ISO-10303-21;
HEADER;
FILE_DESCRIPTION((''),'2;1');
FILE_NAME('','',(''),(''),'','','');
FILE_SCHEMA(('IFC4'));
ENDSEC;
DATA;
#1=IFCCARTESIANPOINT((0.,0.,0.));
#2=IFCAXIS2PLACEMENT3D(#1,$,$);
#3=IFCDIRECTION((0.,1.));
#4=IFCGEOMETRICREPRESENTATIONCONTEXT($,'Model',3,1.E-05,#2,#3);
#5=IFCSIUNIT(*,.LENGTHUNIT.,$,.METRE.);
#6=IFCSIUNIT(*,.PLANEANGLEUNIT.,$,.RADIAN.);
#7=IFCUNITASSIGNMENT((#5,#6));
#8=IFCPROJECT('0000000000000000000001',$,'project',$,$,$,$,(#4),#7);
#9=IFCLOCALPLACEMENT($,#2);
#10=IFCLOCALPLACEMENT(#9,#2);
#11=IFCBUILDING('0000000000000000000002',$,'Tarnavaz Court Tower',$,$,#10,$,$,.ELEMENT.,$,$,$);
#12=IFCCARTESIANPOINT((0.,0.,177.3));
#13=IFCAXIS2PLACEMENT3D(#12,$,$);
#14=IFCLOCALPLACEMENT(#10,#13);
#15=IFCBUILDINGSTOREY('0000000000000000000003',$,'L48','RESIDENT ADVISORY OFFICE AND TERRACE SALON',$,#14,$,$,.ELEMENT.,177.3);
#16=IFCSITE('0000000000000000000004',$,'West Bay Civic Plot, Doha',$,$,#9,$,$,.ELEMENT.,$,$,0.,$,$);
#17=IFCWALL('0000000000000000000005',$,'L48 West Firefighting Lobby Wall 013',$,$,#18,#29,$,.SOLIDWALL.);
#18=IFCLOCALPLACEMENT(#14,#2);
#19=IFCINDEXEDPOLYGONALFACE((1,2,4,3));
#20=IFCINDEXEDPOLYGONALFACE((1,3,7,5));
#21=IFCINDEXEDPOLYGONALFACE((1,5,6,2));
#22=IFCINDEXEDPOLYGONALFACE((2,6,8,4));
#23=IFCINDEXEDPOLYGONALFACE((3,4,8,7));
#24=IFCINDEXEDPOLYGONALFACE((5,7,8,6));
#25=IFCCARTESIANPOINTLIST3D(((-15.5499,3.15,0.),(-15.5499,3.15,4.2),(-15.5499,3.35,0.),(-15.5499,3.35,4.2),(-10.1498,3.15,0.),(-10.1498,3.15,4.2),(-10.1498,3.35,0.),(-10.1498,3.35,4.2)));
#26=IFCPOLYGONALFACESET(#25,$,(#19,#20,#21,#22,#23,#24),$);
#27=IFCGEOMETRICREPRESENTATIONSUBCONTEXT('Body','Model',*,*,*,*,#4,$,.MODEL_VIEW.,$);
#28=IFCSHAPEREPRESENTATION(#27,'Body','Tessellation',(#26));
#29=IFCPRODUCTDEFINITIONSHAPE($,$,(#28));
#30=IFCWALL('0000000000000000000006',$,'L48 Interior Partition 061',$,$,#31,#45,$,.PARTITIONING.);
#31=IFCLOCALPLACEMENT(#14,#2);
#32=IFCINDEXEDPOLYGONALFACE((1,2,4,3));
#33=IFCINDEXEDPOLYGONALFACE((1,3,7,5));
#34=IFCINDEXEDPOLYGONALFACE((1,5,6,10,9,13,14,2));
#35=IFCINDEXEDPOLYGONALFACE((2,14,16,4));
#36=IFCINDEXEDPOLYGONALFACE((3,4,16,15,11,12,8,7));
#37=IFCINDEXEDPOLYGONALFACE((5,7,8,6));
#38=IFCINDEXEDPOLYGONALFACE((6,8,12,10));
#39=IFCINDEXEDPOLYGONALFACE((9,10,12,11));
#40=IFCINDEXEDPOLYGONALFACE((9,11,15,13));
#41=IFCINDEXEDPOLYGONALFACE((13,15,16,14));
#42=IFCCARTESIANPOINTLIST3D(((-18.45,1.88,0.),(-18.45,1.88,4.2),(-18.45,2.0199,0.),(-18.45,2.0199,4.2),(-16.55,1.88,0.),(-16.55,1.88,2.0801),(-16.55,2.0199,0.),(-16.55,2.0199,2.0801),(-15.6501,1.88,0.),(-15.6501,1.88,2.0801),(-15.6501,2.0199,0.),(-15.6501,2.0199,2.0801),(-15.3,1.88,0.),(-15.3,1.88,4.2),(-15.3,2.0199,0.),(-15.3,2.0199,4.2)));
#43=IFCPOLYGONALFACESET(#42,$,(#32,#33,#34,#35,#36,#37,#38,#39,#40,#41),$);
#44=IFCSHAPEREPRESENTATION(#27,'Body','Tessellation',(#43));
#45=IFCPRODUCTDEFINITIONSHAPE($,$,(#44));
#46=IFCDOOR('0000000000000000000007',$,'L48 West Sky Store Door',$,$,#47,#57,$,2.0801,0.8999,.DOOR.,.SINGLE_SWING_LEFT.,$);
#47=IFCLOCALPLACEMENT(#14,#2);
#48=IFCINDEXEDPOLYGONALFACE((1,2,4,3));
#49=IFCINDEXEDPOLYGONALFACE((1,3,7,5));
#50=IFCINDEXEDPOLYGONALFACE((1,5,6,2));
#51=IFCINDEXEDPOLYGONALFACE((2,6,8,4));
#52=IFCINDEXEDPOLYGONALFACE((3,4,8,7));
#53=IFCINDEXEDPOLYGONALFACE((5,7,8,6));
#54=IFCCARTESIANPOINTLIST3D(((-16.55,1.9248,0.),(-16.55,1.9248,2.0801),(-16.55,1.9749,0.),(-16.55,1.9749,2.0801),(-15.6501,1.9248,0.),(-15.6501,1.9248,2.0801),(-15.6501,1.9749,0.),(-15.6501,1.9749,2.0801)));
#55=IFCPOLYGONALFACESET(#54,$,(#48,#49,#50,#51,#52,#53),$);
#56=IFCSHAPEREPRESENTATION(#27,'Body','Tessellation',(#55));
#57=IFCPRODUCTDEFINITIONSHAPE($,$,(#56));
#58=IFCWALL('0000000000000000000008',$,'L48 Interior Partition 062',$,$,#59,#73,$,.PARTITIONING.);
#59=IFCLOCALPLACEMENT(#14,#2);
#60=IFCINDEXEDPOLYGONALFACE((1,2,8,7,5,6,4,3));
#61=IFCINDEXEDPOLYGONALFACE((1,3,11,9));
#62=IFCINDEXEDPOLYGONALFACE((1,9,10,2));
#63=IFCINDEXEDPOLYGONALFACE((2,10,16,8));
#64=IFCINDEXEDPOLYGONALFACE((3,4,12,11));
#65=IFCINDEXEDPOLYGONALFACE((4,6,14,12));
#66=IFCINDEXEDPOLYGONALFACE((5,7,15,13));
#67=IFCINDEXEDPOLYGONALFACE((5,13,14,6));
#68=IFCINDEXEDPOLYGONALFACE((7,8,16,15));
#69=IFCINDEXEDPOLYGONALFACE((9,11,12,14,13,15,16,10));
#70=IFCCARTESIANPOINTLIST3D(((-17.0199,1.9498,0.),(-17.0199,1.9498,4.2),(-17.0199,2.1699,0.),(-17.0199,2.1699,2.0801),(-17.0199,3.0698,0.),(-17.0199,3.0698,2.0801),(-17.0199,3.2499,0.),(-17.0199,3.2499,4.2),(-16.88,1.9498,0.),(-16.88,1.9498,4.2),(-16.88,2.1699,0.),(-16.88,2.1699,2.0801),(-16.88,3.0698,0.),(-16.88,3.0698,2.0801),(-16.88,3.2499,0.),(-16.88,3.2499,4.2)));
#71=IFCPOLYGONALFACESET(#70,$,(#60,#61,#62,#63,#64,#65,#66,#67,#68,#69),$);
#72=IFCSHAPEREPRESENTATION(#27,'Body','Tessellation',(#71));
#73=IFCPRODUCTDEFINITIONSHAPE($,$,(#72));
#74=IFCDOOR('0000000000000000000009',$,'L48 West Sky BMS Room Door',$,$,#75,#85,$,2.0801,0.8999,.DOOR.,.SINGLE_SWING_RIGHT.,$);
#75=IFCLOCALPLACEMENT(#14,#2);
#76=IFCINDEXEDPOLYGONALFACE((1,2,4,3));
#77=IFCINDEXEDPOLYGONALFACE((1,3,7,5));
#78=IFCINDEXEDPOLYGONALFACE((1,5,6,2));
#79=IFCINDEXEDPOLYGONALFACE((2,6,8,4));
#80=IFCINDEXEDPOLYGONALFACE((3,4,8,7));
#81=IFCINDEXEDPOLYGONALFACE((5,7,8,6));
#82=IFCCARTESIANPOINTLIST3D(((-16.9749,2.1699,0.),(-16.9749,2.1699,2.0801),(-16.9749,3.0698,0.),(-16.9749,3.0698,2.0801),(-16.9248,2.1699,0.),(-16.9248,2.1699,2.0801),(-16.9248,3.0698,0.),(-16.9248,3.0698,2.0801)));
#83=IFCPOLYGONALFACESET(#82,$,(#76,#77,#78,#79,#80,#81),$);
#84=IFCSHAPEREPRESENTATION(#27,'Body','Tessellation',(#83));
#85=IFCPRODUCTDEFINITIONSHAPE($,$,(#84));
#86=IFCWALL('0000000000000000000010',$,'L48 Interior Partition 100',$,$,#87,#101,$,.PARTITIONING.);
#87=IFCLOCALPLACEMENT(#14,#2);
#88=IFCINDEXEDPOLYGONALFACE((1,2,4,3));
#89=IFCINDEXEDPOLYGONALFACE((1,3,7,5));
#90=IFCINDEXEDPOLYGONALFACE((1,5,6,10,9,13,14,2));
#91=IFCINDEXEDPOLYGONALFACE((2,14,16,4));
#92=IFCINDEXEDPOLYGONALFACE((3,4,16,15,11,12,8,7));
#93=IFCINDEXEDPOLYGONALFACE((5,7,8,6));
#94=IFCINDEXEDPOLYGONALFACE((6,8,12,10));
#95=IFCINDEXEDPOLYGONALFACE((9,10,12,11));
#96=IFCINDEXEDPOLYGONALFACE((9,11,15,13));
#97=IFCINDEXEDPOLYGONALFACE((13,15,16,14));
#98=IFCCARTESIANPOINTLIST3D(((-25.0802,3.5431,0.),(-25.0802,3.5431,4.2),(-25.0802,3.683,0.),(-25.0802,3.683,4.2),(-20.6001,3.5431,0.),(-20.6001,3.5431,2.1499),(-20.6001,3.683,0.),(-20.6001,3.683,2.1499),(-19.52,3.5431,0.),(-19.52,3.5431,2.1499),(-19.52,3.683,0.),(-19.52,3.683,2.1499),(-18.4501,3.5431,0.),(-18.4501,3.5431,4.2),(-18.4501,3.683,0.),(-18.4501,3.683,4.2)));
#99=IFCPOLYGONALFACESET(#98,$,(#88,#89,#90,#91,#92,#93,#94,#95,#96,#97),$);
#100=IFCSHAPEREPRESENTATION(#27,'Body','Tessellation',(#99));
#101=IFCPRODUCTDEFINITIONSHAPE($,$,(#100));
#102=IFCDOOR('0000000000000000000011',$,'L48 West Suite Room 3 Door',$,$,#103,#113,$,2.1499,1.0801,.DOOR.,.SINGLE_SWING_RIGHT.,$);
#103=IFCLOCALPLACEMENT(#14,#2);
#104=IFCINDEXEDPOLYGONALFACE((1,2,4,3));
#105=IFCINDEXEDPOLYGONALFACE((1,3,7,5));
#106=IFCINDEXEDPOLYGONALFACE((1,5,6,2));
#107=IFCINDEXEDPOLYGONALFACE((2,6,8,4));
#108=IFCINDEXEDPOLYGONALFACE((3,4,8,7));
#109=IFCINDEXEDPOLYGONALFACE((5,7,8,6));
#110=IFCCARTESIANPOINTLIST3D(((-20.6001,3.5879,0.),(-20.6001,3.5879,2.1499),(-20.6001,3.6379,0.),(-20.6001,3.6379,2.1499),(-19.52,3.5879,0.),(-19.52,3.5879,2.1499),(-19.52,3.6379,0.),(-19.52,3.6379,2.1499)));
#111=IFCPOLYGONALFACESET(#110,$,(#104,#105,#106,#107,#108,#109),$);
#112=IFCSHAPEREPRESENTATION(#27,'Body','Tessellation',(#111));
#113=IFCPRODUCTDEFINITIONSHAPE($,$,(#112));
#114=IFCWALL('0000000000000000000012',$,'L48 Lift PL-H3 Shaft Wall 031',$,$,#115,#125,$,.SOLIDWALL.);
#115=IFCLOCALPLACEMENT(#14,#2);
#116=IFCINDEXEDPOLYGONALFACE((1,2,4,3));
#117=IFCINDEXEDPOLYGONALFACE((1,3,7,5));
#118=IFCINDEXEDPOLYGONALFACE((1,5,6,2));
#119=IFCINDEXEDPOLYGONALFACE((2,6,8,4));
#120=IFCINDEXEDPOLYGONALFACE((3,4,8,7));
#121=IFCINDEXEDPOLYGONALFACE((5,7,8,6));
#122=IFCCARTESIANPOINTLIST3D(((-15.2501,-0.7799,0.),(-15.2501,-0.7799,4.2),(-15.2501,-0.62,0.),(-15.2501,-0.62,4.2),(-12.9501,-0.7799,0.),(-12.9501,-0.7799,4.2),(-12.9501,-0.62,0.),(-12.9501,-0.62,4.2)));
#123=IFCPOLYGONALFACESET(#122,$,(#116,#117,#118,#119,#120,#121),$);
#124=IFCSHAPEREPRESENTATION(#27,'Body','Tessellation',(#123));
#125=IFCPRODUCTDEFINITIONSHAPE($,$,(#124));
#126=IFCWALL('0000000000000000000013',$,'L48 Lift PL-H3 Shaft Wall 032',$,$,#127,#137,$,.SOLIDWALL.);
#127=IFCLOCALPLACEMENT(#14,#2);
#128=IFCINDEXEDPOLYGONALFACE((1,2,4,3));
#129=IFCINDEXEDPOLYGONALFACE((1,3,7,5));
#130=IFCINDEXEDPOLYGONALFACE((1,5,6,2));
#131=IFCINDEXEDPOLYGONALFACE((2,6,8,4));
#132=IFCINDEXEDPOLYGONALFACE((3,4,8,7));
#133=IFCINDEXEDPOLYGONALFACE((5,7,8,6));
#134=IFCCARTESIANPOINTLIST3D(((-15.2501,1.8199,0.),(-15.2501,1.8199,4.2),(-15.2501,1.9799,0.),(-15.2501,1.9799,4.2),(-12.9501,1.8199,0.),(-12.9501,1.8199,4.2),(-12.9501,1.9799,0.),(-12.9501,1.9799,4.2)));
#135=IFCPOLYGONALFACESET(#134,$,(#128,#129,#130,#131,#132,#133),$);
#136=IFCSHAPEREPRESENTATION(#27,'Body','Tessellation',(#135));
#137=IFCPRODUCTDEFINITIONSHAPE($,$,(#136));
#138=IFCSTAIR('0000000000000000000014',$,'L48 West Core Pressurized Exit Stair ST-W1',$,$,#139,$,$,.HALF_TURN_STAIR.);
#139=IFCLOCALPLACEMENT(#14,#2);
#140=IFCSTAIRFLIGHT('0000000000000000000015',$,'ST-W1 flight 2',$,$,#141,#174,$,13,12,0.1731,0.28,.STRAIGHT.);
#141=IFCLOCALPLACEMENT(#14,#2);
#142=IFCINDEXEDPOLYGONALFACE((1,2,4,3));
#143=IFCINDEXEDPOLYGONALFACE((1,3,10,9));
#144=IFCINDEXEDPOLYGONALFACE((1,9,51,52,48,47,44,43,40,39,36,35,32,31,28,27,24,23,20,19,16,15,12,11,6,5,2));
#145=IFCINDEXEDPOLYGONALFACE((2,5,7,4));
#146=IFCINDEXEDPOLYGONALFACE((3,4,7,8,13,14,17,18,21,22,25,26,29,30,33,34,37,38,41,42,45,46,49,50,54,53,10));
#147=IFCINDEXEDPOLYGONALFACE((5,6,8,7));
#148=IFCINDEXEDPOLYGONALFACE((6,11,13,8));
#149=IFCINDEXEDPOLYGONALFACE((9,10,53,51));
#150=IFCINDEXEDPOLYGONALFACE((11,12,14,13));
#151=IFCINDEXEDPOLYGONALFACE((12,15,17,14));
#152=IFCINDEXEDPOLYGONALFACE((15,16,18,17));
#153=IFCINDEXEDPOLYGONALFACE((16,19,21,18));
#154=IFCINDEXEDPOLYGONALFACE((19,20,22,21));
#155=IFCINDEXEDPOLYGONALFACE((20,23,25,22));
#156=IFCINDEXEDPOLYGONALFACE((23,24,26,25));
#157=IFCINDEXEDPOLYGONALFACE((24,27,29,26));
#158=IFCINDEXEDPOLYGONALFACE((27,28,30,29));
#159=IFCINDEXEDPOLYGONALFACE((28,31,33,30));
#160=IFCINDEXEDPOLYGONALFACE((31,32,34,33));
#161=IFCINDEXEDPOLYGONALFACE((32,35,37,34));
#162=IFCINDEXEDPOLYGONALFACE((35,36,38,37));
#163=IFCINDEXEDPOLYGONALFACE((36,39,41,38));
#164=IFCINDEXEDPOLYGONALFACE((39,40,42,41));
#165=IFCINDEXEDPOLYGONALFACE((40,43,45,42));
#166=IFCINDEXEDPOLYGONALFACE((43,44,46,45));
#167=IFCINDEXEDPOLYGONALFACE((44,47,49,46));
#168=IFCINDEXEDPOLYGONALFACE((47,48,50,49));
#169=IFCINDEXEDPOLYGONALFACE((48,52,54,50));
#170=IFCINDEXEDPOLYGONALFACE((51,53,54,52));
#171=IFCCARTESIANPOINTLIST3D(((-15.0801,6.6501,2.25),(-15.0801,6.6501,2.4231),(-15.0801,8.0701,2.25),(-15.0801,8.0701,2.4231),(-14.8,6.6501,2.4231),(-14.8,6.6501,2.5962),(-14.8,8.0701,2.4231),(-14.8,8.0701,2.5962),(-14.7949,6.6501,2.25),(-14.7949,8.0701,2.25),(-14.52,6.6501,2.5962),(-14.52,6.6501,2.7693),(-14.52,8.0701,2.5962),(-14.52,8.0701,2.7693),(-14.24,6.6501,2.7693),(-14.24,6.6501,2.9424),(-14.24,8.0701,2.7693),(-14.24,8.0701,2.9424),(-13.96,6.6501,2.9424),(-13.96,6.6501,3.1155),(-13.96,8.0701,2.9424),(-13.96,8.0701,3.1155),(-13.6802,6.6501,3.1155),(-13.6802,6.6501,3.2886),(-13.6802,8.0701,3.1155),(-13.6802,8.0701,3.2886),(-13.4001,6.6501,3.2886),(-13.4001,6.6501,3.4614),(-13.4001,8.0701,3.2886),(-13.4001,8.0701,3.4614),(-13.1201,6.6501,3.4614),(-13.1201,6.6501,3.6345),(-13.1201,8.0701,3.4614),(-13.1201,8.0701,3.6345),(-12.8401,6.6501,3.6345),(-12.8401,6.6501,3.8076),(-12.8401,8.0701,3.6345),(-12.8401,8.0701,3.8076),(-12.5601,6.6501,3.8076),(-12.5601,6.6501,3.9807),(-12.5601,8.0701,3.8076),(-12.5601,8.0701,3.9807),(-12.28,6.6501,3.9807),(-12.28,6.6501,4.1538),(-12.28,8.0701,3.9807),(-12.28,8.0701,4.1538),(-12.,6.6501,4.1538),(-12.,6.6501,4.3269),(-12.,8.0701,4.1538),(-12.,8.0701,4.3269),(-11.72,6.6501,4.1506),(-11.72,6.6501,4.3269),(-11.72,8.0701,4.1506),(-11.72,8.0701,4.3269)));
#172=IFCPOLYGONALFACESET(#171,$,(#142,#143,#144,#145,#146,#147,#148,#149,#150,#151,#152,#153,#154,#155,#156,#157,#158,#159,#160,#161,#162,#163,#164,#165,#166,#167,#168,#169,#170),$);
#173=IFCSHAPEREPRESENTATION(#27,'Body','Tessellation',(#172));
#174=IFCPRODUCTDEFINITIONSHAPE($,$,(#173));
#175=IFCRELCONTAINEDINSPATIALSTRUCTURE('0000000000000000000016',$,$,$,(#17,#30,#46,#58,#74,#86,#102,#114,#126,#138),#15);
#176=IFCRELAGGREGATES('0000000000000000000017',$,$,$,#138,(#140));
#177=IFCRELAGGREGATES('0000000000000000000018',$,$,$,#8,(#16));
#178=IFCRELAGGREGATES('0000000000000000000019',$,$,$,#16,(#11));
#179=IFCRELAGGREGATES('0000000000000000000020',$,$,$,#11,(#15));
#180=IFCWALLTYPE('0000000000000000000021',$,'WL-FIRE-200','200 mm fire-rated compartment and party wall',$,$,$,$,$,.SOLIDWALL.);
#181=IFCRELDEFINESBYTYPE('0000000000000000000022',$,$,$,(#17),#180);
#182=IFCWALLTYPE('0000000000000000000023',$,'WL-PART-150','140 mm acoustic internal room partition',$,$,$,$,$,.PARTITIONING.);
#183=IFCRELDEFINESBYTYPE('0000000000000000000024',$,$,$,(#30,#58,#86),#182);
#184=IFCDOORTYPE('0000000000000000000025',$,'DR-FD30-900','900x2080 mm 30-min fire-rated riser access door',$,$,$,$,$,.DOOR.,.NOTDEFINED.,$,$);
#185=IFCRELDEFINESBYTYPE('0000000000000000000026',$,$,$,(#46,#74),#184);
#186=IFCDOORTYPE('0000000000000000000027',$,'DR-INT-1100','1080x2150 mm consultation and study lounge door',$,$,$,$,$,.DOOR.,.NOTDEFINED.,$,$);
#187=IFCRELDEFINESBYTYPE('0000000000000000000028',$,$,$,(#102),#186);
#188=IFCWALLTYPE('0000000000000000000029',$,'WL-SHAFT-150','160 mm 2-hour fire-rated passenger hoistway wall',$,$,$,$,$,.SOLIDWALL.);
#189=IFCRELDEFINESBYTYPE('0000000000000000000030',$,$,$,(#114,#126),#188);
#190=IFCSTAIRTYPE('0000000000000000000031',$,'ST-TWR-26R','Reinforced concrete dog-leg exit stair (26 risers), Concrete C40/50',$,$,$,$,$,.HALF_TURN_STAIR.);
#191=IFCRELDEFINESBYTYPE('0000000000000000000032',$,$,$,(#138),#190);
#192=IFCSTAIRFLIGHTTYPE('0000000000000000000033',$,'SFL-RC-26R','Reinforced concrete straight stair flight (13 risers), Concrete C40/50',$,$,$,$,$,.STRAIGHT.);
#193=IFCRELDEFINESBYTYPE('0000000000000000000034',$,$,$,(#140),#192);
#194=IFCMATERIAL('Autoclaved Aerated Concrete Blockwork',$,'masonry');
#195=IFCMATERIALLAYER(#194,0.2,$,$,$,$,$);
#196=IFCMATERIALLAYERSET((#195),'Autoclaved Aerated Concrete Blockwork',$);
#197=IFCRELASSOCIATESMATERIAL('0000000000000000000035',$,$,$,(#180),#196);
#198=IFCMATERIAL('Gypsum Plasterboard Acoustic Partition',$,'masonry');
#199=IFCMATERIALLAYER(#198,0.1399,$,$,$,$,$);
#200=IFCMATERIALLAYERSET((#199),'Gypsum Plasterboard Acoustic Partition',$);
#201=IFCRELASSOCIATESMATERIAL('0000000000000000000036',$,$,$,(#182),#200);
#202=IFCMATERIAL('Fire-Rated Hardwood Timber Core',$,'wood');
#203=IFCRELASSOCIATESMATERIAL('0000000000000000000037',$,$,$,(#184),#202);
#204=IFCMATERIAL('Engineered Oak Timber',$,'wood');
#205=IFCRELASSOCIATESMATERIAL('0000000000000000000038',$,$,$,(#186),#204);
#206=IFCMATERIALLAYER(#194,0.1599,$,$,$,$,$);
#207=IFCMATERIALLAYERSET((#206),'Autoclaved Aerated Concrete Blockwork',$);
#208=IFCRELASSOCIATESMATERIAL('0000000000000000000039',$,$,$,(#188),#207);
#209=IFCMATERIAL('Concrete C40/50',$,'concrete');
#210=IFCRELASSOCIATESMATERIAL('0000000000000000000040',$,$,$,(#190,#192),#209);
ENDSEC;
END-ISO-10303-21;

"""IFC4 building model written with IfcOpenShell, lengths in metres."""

from ifc_helpers import new_model, si_unit, direction, frame, frame_2d, origin, place, context, subcontext, project, spatial, polyline, rectangle, outline, extrude, material, layer, layer_set, type_object, element, fill, aggregate, save


model = new_model("IFC4")

# Units and contexts
model_context = context("Model", 3, precision=1e-05, world=origin(), true_north=direction((0.0, 1.0)))
body_context = subcontext(model_context, "Body", "Model", "MODEL_VIEW")
ifc_project = project(units=[si_unit("LENGTHUNIT", "METRE"), si_unit("PLANEANGLEUNIT", "RADIAN")], contexts=[model_context])

# Site, building, storey
site_placement = place(None, origin())
site = spatial("IfcSite", under=ifc_project, at=site_placement, Name="West Bay Civic Plot, Doha", CompositionType="ELEMENT", RefElevation=0.0)
building_placement = place(site_placement, origin())
building = spatial("IfcBuilding", under=site, at=building_placement, Name="Tarnavaz Court Tower", CompositionType="ELEMENT")
storey_placement = place(building_placement, frame((0.0, 0.0, 177.3)))
storey = spatial("IfcBuildingStorey", under=building, at=storey_placement, Name="L48", Description="RESIDENT ADVISORY OFFICE AND TERRACE SALON", CompositionType="ELEMENT", Elevation=177.3)

# Shared definitions
ifc_material_1 = material(Name="Fire-Rated Hardwood Timber Core", Category="wood")

# Wall
ifc_material_2 = material(Name="Autoclaved Aerated Concrete Blockwork", Category="masonry")
ifc_layer_1 = layer(ifc_material_2, 0.2)
ifc_layer_set_1 = layer_set([ifc_layer_1], Name="Autoclaved Aerated Concrete Blockwork")
wall_type_1 = type_object("IfcWallType", Name="WL-FIRE-200", Description="200 mm fire-rated compartment and party wall", PredefinedType="SOLIDWALL", material=ifc_layer_set_1)
wall_1_placement = place(storey_placement, frame((-15.55, 3.25, 0.0), z_axis=(0.0, 0.0, 1.0), x_axis=(1.0, 0.0, 0.0)))
element("IfcWall", 1, at=wall_1_placement, inside=storey, type_object=wall_type_1, Name="L48 West Firefighting Lobby Wall 013", PredefinedType="SOLIDWALL", context=body_context, shape_type="SweptSolid", body=[
    extrude(rectangle(XDim=5.4001, YDim=0.2, at=frame_2d((2.7002, 0.0))), origin(), (0.0, 0.0, 1.0), 4.2),
])

# Walls, openings, doors
ifc_material_3 = material(Name="Gypsum Plasterboard Acoustic Partition", Category="masonry")
ifc_layer_2 = layer(ifc_material_3, 0.1399)
ifc_layer_set_2 = layer_set([ifc_layer_2], Name="Gypsum Plasterboard Acoustic Partition")
wall_type_2 = type_object("IfcWallType", Name="WL-PART-150", Description="140 mm acoustic internal room partition", PredefinedType="PARTITIONING", material=ifc_layer_set_2)
wall_2_placement = place(storey_placement, frame((-18.45, 1.95, 0.0), z_axis=(0.0, 0.0, 1.0), x_axis=(1.0, 0.0, 0.0)))
wall_2 = element("IfcWall", 2, at=wall_2_placement, inside=storey, type_object=wall_type_2, Name="L48 Interior Partition 061", PredefinedType="PARTITIONING", context=body_context, shape_type="SweptSolid", body=[
    extrude(rectangle(XDim=3.1499, YDim=0.1399, at=frame_2d((1.575, 0.0))), origin(), (0.0, 0.0, 1.0), 4.2),
])
opening_1_placement = place(wall_2_placement, frame((1.8999, 0.0, 0.0)))
opening_1 = element("IfcOpeningElement", 3, at=opening_1_placement, cuts=wall_2, PredefinedType="OPENING", context=body_context, shape_type="SweptSolid", body=[
    extrude(rectangle(XDim=0.8999, YDim=2.0801, at=frame_2d((0.45, 1.04))), frame((0.0, 0.0798, 0.0), z_axis=(0.0, -1.0, 0.0), x_axis=(1.0, 0.0, 0.0)), (0.0, 0.0, 1.0), 0.1599),
])
door_type_1 = type_object("IfcDoorType", Name="DR-FD30-900", Description="900x2080 mm 30-min fire-rated riser access door", OperationType="NOTDEFINED", PredefinedType="DOOR", material=ifc_material_1)
door_1_placement = place(opening_1_placement, origin())
door_1 = element("IfcDoor", 4, at=door_1_placement, inside=storey, type_object=door_type_1, Name="L48 West Sky Store Door", OperationType="SINGLE_SWING_LEFT", OverallHeight=2.0801, OverallWidth=0.8999, PredefinedType="DOOR", context=body_context, shape_type="SweptSolid", body=[
    extrude(rectangle(XDim=0.8999, YDim=2.0801, at=frame_2d((0.45, 1.04))), frame((0.0, 0.0249, 0.0), z_axis=(0.0, -1.0, 0.0), x_axis=(1.0, 0.0, 0.0)), (0.0, 0.0, 1.0), 0.05),
])
fill(opening_1, door_1)
wall_3_placement = place(storey_placement, frame((-16.95, 1.95, 0.0), z_axis=(0.0, 0.0, 1.0), x_axis=(0.0, 1.0, 0.0)))
wall_3 = element("IfcWall", 5, at=wall_3_placement, inside=storey, type_object=wall_type_2, Name="L48 Interior Partition 062", PredefinedType="PARTITIONING", context=body_context, shape_type="SweptSolid", body=[
    extrude(rectangle(XDim=1.3, YDim=0.1399, at=frame_2d((0.6499, 0.0))), origin(), (0.0, 0.0, 1.0), 4.2),
])
opening_2_placement = place(wall_3_placement, frame((0.22, 0.0, 0.0)))
opening_2 = element("IfcOpeningElement", 6, at=opening_2_placement, cuts=wall_3, PredefinedType="OPENING", context=body_context, shape_type="SweptSolid", body=[
    extrude(rectangle(XDim=0.8999, YDim=2.0801, at=frame_2d((0.45, 1.04))), frame((0.0, 0.0798, 0.0), z_axis=(0.0, -1.0, 0.0), x_axis=(1.0, 0.0, 0.0)), (0.0, 0.0, 1.0), 0.1599),
])
door_2_placement = place(opening_2_placement, origin())
door_2 = element("IfcDoor", 7, at=door_2_placement, inside=storey, type_object=door_type_1, Name="L48 West Sky BMS Room Door", OperationType="SINGLE_SWING_RIGHT", OverallHeight=2.0801, OverallWidth=0.8999, PredefinedType="DOOR", context=body_context, shape_type="SweptSolid", body=[
    extrude(rectangle(XDim=0.8999, YDim=2.0801, at=frame_2d((0.45, 1.04))), frame((0.0, 0.0249, 0.0), z_axis=(0.0, -1.0, 0.0), x_axis=(1.0, 0.0, 0.0)), (0.0, 0.0, 1.0), 0.05),
])
fill(opening_2, door_2)
wall_4_placement = place(storey_placement, frame((-25.0801, 3.613, 0.0), z_axis=(0.0, 0.0, 1.0), x_axis=(1.0, 0.0, 0.0)))
wall_4 = element("IfcWall", 8, at=wall_4_placement, inside=storey, type_object=wall_type_2, Name="L48 Interior Partition 100", PredefinedType="PARTITIONING", context=body_context, shape_type="SweptSolid", body=[
    extrude(rectangle(XDim=6.6301, YDim=0.1399, at=frame_2d((3.3149, 0.0))), origin(), (0.0, 0.0, 1.0), 4.2),
])
opening_3_placement = place(wall_4_placement, frame((4.48, 0.0, 0.0)))
opening_3 = element("IfcOpeningElement", 9, at=opening_3_placement, cuts=wall_4, PredefinedType="OPENING", context=body_context, shape_type="SweptSolid", body=[
    extrude(rectangle(XDim=1.0801, YDim=2.1499, at=frame_2d((0.54, 1.075))), frame((0.0, 0.0798, 0.0), z_axis=(0.0, -1.0, 0.0), x_axis=(1.0, 0.0, 0.0)), (0.0, 0.0, 1.0), 0.1599),
])
ifc_material_4 = material(Name="Engineered Oak Timber", Category="wood")
door_type_2 = type_object("IfcDoorType", Name="DR-INT-1100", Description="1080x2150 mm consultation and study lounge door", OperationType="NOTDEFINED", PredefinedType="DOOR", material=ifc_material_4)
door_3_placement = place(opening_3_placement, origin())
door_3 = element("IfcDoor", 10, at=door_3_placement, inside=storey, type_object=door_type_2, Name="L48 West Suite Room 3 Door", OperationType="SINGLE_SWING_RIGHT", OverallHeight=2.1499, OverallWidth=1.0801, PredefinedType="DOOR", context=body_context, shape_type="SweptSolid", body=[
    extrude(rectangle(XDim=1.0801, YDim=2.1499, at=frame_2d((0.54, 1.075))), frame((0.0, 0.0249, 0.0), z_axis=(0.0, -1.0, 0.0), x_axis=(1.0, 0.0, 0.0)), (0.0, 0.0, 1.0), 0.05),
])
fill(opening_3, door_3)
ifc_layer_3 = layer(ifc_material_2, 0.1599)
ifc_layer_set_3 = layer_set([ifc_layer_3], Name="Autoclaved Aerated Concrete Blockwork")
wall_type_3 = type_object("IfcWallType", Name="WL-SHAFT-150", Description="160 mm 2-hour fire-rated passenger hoistway wall", PredefinedType="SOLIDWALL", material=ifc_layer_set_3)

# Walls
for number, where, z_axis, x_axis, name in (
    (11, (-15.25, -0.7, 0.0), (0.0, 0.0, 1.0), (1.0, 0.0, 0.0), "L48 Lift PL-H3 Shaft Wall 031"),
    (12, (-15.25, 1.8999, 0.0), (0.0, 0.0, 1.0), (1.0, 0.0, 0.0), "L48 Lift PL-H3 Shaft Wall 032"),
):
    element("IfcWall", number, at=place(storey_placement, frame(where, z_axis=z_axis, x_axis=x_axis)), inside=storey, type_object=wall_type_3, Name=name, PredefinedType="SOLIDWALL", context=body_context, shape_type="SweptSolid", body=[
        extrude(rectangle(XDim=2.3, YDim=0.1599, at=frame_2d((1.1499, 0.0))), origin(), (0.0, 0.0, 1.0), 4.2),
    ])

# Stair, stair flight
ifc_material_5 = material(Name="Concrete C40/50", Category="concrete")
stair_type = type_object("IfcStairType", Name="ST-TWR-26R", Description="Reinforced concrete dog-leg exit stair (26 risers), Concrete C40/50", PredefinedType="HALF_TURN_STAIR", material=ifc_material_5)
stair_placement = place(storey_placement, origin())
stair = element("IfcStair", 13, at=stair_placement, inside=storey, type_object=stair_type, Name="L48 West Core Pressurized Exit Stair ST-W1", PredefinedType="HALF_TURN_STAIR")
stair_flight_type = type_object("IfcStairFlightType", Name="SFL-RC-26R", Description="Reinforced concrete straight stair flight (13 risers), Concrete C40/50", PredefinedType="STRAIGHT", material=ifc_material_5)
stair_flight_placement = place(storey_placement, frame((-15.0801, 7.3601, 2.25), z_axis=(0.0, 0.0, 1.0), x_axis=(1.0, 0.0, 0.0)))
stair_flight = element("IfcStairFlight", 14, at=stair_flight_placement, type_object=stair_flight_type, Name="ST-W1 flight 2", NumberOfRisers=13, NumberOfTreads=12, PredefinedType="STRAIGHT", RiserHeight=0.1731, TreadLength=0.28, context=body_context, shape_type="SweptSolid", body=[
    extrude(outline(polyline([(0.0, 0.0), (0.0, 0.1731), (0.28, 0.1731), (0.28, 0.3462), (0.5601, 0.3462), (0.5601, 0.5193), (0.8401, 0.5193), (0.8401, 0.6924), (1.1201, 0.6924), (1.1201, 0.8655), (1.3999, 0.8655), (1.3999, 1.0386), (1.6799, 1.0386), (1.6799, 1.2114), (1.96, 1.2114), (1.96, 1.3845), (2.24, 1.3845), (2.24, 1.5576), (2.52, 1.5576), (2.52, 1.7307), (2.8, 1.7307), (2.8, 1.9038), (3.0801, 1.9038), (3.0801, 2.0769), (3.3601, 2.0769), (3.3601, 2.25), (3.3601, 1.9006), (0.2852, 0.0), (0.0, 0.0)])), frame((0.0, 0.71, 0.0), z_axis=(0.0, -1.0, 0.0), x_axis=(1.0, 0.0, 0.0)), (0.0, 0.0, 1.0), 1.4199),
])
aggregate(stair, [stair_flight])

save(model, "model.ifc")
